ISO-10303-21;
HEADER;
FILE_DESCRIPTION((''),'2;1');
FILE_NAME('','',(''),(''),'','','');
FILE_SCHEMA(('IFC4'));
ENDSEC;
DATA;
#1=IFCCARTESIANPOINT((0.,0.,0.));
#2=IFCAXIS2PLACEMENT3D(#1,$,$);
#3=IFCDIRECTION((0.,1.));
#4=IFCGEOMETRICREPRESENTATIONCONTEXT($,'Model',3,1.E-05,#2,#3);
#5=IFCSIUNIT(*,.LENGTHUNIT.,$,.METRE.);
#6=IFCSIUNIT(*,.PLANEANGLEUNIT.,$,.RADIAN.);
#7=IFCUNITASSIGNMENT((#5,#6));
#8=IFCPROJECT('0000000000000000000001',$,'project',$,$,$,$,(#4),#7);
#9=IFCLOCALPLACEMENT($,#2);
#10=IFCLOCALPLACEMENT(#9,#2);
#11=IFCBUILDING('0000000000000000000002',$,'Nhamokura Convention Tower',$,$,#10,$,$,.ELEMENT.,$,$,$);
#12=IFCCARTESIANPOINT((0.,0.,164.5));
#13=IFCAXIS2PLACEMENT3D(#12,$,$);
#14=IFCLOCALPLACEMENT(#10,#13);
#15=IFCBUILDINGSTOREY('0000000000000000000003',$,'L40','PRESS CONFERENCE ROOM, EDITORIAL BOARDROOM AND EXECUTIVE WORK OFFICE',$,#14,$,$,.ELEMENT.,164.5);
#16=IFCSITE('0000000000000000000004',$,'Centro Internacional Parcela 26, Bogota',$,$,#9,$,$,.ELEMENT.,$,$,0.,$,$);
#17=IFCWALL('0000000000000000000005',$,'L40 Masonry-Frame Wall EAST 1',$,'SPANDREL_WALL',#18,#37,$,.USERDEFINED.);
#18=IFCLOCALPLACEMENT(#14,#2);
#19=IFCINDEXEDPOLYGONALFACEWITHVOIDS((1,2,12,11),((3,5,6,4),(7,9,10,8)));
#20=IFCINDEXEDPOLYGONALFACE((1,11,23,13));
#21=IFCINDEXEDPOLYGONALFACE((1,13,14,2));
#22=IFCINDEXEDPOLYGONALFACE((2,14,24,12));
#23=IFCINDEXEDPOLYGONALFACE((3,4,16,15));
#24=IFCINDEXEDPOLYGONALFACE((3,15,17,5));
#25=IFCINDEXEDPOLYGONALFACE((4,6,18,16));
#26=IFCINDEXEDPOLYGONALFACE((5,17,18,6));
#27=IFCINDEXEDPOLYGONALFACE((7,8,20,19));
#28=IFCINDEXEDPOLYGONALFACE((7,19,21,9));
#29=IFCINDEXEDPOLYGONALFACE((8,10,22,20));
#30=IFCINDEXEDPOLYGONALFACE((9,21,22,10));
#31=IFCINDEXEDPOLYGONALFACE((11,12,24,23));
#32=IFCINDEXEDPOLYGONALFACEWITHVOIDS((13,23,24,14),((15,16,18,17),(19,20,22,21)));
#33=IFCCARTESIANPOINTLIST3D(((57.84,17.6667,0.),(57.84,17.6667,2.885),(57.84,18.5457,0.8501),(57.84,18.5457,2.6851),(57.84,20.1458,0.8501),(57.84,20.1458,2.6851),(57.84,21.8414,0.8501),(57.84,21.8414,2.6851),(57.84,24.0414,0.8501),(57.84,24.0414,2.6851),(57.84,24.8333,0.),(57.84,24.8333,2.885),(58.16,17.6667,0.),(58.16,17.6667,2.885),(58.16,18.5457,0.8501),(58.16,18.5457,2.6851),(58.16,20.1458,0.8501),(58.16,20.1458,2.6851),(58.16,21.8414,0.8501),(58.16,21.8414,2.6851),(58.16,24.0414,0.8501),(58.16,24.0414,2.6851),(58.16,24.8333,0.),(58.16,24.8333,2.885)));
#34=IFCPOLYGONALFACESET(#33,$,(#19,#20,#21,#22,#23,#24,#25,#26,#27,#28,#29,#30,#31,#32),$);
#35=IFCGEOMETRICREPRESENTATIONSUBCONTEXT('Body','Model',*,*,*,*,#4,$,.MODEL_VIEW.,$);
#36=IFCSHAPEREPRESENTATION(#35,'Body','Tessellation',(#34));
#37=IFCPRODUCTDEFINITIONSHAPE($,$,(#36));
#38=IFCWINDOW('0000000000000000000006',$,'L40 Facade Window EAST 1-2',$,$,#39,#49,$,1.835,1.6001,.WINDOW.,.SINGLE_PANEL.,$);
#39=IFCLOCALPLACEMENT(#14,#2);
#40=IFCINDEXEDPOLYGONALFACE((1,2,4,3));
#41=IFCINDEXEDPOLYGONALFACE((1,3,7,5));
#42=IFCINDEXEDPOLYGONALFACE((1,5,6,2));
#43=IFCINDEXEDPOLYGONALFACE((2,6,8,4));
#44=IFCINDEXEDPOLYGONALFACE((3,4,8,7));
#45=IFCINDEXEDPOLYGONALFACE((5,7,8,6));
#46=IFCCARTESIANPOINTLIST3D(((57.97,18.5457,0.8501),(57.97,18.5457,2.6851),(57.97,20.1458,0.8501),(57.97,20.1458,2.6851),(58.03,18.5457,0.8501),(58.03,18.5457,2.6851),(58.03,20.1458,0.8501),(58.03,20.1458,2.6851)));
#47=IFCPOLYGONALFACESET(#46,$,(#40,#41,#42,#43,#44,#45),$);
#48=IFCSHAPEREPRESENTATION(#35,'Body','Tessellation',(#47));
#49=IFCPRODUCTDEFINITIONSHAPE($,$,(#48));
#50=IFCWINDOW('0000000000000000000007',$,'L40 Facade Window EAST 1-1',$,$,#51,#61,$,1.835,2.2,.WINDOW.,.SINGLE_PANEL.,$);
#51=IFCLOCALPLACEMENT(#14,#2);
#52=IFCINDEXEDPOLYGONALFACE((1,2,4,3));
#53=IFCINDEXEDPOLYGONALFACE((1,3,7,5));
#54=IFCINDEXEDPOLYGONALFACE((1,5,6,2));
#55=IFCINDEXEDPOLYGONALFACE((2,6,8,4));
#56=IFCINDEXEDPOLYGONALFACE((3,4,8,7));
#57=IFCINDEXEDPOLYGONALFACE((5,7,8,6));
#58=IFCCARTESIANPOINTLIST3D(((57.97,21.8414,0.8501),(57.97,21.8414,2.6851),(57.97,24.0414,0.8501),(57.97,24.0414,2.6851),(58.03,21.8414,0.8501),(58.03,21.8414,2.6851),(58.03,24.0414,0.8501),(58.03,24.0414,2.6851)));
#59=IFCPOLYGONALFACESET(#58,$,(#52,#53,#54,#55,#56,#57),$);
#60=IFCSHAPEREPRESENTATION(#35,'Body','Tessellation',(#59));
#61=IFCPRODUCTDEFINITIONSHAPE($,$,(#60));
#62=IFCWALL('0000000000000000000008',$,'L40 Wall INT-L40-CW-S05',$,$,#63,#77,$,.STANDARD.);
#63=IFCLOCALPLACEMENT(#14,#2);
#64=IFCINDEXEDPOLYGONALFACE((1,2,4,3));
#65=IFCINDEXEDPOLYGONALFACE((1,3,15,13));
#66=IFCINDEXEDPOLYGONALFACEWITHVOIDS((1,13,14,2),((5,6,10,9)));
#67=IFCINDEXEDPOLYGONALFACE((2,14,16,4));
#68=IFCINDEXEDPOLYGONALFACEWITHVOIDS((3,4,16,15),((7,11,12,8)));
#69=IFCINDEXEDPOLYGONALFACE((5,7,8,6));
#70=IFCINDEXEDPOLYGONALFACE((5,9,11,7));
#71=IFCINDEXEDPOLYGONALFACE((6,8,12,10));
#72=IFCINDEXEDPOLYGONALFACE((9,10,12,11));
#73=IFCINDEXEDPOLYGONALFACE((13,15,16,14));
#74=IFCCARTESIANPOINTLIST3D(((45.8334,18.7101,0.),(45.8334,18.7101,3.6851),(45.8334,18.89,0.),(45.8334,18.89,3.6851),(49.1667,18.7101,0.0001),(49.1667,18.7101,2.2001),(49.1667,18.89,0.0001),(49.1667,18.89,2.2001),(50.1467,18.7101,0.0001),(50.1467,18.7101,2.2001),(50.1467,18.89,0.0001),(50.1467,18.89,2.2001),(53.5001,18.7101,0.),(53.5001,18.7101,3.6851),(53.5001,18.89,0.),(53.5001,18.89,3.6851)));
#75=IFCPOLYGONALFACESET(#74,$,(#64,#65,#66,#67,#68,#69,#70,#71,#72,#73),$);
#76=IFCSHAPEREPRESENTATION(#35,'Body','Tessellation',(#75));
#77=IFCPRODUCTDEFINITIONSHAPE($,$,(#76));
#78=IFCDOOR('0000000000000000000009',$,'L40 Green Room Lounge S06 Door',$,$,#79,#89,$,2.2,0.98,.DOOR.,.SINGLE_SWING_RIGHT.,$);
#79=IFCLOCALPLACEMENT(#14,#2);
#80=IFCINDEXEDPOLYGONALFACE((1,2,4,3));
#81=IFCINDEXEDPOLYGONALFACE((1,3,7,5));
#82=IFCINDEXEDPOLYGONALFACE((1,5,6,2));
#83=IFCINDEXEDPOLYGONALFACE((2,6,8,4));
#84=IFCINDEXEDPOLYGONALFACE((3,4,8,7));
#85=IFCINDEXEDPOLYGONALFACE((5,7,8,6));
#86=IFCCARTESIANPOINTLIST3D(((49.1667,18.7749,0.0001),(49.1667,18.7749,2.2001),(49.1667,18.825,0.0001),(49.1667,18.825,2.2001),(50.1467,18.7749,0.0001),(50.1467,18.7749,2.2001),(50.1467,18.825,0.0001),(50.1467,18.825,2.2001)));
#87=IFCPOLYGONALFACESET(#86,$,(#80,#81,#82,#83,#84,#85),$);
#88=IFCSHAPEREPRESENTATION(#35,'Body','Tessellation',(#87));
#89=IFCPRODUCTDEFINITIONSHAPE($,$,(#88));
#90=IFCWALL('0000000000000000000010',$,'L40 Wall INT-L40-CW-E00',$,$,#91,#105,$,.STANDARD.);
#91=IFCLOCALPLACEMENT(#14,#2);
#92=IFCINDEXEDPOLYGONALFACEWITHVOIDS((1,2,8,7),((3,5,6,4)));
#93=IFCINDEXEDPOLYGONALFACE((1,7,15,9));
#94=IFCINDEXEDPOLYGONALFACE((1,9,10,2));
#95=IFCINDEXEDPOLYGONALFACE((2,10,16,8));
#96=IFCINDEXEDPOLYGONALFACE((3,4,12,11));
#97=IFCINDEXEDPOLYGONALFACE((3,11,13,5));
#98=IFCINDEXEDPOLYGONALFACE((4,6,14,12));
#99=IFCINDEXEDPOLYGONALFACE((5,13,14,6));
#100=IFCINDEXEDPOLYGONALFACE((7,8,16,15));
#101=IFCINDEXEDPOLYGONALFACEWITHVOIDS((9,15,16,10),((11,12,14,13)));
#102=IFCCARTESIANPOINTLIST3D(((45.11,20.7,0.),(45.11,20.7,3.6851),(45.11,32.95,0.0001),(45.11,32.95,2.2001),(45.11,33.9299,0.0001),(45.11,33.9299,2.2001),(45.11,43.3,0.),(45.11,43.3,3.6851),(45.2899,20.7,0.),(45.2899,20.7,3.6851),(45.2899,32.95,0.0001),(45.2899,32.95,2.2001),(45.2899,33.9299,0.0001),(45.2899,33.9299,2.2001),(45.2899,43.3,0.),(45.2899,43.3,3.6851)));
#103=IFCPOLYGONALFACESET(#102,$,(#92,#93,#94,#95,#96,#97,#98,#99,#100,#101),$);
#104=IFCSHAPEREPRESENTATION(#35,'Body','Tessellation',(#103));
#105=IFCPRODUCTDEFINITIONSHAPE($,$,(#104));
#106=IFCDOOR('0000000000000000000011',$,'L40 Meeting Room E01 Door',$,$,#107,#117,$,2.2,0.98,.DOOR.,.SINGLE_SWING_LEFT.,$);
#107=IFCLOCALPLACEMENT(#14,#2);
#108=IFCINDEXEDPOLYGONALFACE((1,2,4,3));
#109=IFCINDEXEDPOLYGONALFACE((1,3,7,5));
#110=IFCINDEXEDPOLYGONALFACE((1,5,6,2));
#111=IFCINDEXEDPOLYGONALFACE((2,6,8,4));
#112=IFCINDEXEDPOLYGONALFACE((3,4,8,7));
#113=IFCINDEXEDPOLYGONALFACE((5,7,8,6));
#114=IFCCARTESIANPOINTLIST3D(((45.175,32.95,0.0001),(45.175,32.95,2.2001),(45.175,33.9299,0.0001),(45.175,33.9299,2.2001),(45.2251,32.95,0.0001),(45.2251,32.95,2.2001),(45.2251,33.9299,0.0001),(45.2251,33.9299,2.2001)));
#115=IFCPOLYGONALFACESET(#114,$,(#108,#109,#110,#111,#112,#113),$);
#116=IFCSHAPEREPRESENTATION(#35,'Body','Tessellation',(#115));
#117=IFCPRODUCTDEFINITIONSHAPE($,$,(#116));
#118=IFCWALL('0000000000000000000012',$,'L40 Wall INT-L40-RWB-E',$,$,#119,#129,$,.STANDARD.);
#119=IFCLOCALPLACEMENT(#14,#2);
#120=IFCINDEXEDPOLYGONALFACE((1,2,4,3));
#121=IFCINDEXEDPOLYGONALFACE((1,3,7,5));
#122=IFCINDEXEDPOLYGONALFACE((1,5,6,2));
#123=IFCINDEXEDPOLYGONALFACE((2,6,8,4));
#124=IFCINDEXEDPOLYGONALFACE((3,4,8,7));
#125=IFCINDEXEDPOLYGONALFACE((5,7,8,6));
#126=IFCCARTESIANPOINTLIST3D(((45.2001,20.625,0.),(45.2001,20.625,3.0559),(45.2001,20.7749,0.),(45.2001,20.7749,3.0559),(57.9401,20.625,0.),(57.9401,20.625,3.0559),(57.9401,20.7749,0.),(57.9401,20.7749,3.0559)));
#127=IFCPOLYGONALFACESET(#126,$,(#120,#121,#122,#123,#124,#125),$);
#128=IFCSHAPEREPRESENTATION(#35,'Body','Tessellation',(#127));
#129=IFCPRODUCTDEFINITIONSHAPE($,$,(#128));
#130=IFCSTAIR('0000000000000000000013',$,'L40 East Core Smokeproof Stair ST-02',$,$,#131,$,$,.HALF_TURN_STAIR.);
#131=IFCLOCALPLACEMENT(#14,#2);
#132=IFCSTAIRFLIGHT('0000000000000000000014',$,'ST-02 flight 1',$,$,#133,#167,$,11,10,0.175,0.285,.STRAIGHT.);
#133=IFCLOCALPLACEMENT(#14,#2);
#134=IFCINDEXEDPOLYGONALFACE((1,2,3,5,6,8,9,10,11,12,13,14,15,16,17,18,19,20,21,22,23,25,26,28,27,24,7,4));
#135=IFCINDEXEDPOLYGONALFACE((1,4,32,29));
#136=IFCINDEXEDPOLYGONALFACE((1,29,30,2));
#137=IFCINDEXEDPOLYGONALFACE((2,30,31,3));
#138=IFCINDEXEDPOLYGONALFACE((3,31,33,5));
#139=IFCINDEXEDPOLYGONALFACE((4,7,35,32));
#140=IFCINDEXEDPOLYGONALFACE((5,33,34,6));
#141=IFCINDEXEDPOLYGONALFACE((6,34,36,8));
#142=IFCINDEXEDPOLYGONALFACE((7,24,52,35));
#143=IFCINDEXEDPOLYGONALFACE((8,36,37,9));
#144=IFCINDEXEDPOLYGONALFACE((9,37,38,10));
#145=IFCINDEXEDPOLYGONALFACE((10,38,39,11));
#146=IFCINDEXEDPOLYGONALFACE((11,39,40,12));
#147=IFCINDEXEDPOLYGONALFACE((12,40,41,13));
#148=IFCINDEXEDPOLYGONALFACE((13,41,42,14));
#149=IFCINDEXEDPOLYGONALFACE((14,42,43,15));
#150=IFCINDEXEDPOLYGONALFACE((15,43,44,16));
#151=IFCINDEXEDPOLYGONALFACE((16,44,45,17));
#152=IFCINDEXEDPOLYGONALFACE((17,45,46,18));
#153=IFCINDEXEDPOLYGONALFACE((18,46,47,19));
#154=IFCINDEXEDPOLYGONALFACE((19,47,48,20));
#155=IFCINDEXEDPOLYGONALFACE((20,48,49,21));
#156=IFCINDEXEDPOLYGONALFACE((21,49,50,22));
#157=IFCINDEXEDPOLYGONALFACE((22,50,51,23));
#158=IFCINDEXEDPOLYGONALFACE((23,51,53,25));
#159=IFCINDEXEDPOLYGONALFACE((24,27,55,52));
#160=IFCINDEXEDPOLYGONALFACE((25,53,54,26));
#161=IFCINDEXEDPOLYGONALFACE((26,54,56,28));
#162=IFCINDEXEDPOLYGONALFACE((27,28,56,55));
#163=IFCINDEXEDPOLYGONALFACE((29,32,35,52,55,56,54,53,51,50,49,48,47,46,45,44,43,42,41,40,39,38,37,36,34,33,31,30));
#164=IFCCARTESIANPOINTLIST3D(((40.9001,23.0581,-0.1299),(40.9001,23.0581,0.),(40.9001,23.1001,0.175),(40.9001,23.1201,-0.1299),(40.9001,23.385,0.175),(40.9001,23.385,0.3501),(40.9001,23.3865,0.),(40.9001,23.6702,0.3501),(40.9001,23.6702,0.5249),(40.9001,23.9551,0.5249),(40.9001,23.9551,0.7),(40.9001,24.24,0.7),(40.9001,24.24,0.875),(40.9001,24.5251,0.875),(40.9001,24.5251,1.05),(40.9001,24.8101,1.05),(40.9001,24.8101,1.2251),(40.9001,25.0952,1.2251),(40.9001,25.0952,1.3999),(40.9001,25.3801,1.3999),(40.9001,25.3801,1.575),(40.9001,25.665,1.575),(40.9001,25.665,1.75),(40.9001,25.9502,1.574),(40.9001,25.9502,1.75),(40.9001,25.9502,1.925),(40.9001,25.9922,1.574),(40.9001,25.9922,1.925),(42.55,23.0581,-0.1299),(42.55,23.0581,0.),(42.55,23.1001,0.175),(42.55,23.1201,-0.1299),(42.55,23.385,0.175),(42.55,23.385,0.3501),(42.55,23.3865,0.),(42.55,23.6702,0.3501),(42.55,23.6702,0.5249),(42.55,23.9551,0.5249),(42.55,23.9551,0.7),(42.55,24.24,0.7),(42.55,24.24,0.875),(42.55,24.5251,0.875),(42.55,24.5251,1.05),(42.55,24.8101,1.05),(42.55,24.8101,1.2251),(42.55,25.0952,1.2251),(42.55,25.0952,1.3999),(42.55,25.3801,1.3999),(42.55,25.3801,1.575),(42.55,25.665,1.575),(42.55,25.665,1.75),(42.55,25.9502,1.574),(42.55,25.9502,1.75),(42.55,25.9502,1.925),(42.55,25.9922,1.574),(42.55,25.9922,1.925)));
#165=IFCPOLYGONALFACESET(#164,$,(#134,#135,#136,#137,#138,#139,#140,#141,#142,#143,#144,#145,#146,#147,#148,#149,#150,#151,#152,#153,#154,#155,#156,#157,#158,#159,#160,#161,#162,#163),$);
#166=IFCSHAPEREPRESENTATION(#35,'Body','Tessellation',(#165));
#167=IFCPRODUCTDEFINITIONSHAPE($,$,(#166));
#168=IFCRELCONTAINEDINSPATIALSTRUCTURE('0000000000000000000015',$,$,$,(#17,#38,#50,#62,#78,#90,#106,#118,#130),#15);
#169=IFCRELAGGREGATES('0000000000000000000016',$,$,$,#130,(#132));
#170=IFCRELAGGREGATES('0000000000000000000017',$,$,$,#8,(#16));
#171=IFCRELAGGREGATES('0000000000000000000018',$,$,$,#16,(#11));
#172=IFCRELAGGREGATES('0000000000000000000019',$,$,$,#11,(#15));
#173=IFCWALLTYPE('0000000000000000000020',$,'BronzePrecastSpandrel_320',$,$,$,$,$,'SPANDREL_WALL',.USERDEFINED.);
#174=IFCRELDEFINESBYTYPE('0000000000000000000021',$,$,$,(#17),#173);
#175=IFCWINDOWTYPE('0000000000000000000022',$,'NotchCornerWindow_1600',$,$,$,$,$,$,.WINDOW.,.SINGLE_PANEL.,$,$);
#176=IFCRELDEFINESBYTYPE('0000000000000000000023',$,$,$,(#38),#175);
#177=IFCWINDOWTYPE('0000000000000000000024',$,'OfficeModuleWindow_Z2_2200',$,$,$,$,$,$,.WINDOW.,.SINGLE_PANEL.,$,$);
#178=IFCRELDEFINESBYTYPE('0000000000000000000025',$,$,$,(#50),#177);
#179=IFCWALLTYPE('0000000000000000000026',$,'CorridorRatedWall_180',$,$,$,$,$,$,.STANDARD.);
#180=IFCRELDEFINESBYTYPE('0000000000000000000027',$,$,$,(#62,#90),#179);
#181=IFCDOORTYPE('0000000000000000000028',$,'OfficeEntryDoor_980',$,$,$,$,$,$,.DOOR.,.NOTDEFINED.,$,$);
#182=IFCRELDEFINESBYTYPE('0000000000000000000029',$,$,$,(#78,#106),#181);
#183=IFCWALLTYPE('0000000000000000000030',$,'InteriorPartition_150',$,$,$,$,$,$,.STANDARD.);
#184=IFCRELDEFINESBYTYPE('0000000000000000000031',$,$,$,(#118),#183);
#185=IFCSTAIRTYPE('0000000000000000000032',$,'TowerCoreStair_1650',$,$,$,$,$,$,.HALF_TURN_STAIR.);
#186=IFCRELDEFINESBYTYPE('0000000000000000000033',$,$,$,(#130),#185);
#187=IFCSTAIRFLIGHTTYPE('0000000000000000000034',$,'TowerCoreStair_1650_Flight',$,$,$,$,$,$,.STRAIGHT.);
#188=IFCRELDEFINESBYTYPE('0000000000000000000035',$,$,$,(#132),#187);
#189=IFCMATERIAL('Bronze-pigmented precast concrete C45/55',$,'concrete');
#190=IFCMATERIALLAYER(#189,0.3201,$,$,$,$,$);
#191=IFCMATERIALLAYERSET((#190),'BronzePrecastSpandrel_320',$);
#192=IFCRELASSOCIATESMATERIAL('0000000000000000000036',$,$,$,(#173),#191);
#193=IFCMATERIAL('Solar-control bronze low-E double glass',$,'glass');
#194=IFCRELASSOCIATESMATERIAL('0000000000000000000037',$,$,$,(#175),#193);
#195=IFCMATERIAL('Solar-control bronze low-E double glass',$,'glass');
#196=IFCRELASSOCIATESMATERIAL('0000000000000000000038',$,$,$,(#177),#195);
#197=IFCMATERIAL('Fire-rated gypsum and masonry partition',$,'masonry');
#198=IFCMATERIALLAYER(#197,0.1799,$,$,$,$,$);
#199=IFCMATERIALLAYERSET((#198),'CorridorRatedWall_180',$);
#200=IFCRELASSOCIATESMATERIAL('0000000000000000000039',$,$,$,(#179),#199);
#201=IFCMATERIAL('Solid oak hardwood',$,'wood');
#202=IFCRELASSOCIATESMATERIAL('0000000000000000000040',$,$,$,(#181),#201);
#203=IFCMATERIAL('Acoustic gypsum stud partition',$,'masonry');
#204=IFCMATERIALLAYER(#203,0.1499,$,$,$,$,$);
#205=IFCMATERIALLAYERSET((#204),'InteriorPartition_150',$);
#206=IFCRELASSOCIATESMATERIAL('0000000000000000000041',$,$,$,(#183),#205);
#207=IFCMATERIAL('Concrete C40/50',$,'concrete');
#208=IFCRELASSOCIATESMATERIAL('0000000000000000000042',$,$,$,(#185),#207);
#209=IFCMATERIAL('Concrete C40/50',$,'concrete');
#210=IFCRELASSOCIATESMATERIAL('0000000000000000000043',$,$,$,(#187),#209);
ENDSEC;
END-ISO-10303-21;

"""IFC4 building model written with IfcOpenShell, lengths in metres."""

from ifc_helpers import new_model, si_unit, direction, frame, frame_2d, origin, place, context, subcontext, project, spatial, polyline, rectangle, outline, extrude, material, layer, layer_set, type_object, element, fill, aggregate, save


model = new_model("IFC4")

# Units and contexts
model_context = context("Model", 3, precision=1e-05, world=origin(), true_north=direction((0.0, 1.0)))
body_context = subcontext(model_context, "Body", "Model", "MODEL_VIEW")
ifc_project = project(units=[si_unit("LENGTHUNIT", "METRE"), si_unit("PLANEANGLEUNIT", "RADIAN")], contexts=[model_context])

# Site, building, storey
site_placement = place(None, origin())
site = spatial("IfcSite", under=ifc_project, at=site_placement, Name="Centro Internacional Parcela 26, Bogota", CompositionType="ELEMENT", RefElevation=0.0)
building_placement = place(site_placement, origin())
building = spatial("IfcBuilding", under=site, at=building_placement, Name="Nhamokura Convention Tower", CompositionType="ELEMENT")
storey_placement = place(building_placement, frame((0.0, 0.0, 164.5)))
storey = spatial("IfcBuildingStorey", under=building, at=storey_placement, Name="L40", Description="PRESS CONFERENCE ROOM, EDITORIAL BOARDROOM AND EXECUTIVE WORK OFFICE", CompositionType="ELEMENT", Elevation=164.5)

# Shared definitions
ifc_material_1 = material(Name="Bronze-pigmented precast concrete C45/55", Category="concrete")
ifc_layer_1 = layer(ifc_material_1, 0.3201)
ifc_layer_set_1 = layer_set([ifc_layer_1], Name="BronzePrecastSpandrel_320")
wall_type_1 = type_object("IfcWallType", Name="BronzePrecastSpandrel_320", ElementType="SPANDREL_WALL", PredefinedType="USERDEFINED", material=ifc_layer_set_1)

# Wall, openings, windows
wall_1_placement = place(storey_placement, frame((58.0, 24.8333, 0.0), z_axis=(0.0, 0.0, 1.0), x_axis=(0.0, -1.0, 0.0)))
wall_1 = element("IfcWall", 1, at=wall_1_placement, inside=storey, type_object=wall_type_1, Name="L40 Masonry-Frame Wall EAST 1", ObjectType="SPANDREL_WALL", PredefinedType="USERDEFINED", context=body_context, shape_type="SweptSolid", body=[
    extrude(rectangle(XDim=7.1665, YDim=0.3201, at=frame_2d((3.5833, 0.0))), origin(), (0.0, 0.0, 1.0), 2.885),
])
opening_1_placement = place(wall_1_placement, frame((0.7917, 0.0, 0.8501)))
opening_1 = element("IfcOpeningElement", 2, at=opening_1_placement, cuts=wall_1, PredefinedType="OPENING", context=body_context, shape_type="SweptSolid", body=[
    extrude(rectangle(XDim=2.2, YDim=1.835, at=frame_2d((1.1001, 0.9175))), frame((0.0, 0.1699, 0.0), z_axis=(0.0, -1.0, 0.0), x_axis=(1.0, 0.0, 0.0)), (0.0, 0.0, 1.0), 0.3401),
])
opening_2_placement = place(wall_1_placement, frame((4.6875, 0.0, 0.8501)))
opening_2 = element("IfcOpeningElement", 3, at=opening_2_placement, cuts=wall_1, PredefinedType="OPENING", context=body_context, shape_type="SweptSolid", body=[
    extrude(rectangle(XDim=1.6001, YDim=1.835, at=frame_2d((0.8, 0.9175))), frame((0.0, 0.1699, 0.0), z_axis=(0.0, -1.0, 0.0), x_axis=(1.0, 0.0, 0.0)), (0.0, 0.0, 1.0), 0.3401),
])
ifc_material_2 = material(Name="Solar-control bronze low-E double glass", Category="glass")
window_type_1 = type_object("IfcWindowType", Name="NotchCornerWindow_1600", PartitioningType="SINGLE_PANEL", PredefinedType="WINDOW", material=ifc_material_2)
window_1_placement = place(opening_2_placement, origin())
window_1 = element("IfcWindow", 4, at=window_1_placement, inside=storey, type_object=window_type_1, Name="L40 Facade Window EAST 1-2", OverallHeight=1.835, OverallWidth=1.6001, PartitioningType="SINGLE_PANEL", PredefinedType="WINDOW", context=body_context, shape_type="SweptSolid", body=[
    extrude(rectangle(XDim=1.6001, YDim=1.835, at=frame_2d((0.8, 0.9175))), frame((0.0, 0.03, 0.0), z_axis=(0.0, -1.0, 0.0), x_axis=(1.0, 0.0, 0.0)), (0.0, 0.0, 1.0), 0.0601),
])
fill(opening_2, window_1)
ifc_material_3 = material(Name="Solar-control bronze low-E double glass", Category="glass")
window_type_2 = type_object("IfcWindowType", Name="OfficeModuleWindow_Z2_2200", PartitioningType="SINGLE_PANEL", PredefinedType="WINDOW", material=ifc_material_3)
window_2_placement = place(opening_1_placement, origin())
window_2 = element("IfcWindow", 5, at=window_2_placement, inside=storey, type_object=window_type_2, Name="L40 Facade Window EAST 1-1", OverallHeight=1.835, OverallWidth=2.2, PartitioningType="SINGLE_PANEL", PredefinedType="WINDOW", context=body_context, shape_type="SweptSolid", body=[
    extrude(rectangle(XDim=2.2, YDim=1.835, at=frame_2d((1.1001, 0.9175))), frame((0.0, 0.03, 0.0), z_axis=(0.0, -1.0, 0.0), x_axis=(1.0, 0.0, 0.0)), (0.0, 0.0, 1.0), 0.0601),
])
fill(opening_1, window_2)

# Walls, openings, doors
ifc_material_4 = material(Name="Fire-rated gypsum and masonry partition", Category="masonry")
ifc_layer_2 = layer(ifc_material_4, 0.1799)
ifc_layer_set_2 = layer_set([ifc_layer_2], Name="CorridorRatedWall_180")
wall_type_2 = type_object("IfcWallType", Name="CorridorRatedWall_180", PredefinedType="STANDARD", material=ifc_layer_set_2)
wall_2_placement = place(storey_placement, frame((45.8333, 18.8, 0.0), z_axis=(0.0, 0.0, 1.0), x_axis=(1.0, 0.0, 0.0)))
wall_2 = element("IfcWall", 6, at=wall_2_placement, inside=storey, type_object=wall_type_2, Name="L40 Wall INT-L40-CW-S05", PredefinedType="STANDARD", context=body_context, shape_type="SweptSolid", body=[
    extrude(rectangle(XDim=7.6667, YDim=0.1799, at=frame_2d((3.8335, 0.0))), origin(), (0.0, 0.0, 1.0), 3.6851),
])
opening_3_placement = place(wall_2_placement, frame((3.3335, 0.0, 0.0)))
opening_3 = element("IfcOpeningElement", 7, at=opening_3_placement, cuts=wall_2, PredefinedType="OPENING", context=body_context, shape_type="SweptSolid", body=[
    extrude(rectangle(XDim=0.98, YDim=2.2, at=frame_2d((0.49, 1.1001))), frame((0.0, 0.0999, 0.0), z_axis=(0.0, -1.0, 0.0), x_axis=(1.0, 0.0, 0.0)), (0.0, 0.0, 1.0), 0.2),
])
ifc_material_5 = material(Name="Solid oak hardwood", Category="wood")
door_type_1 = type_object("IfcDoorType", Name="OfficeEntryDoor_980", OperationType="NOTDEFINED", PredefinedType="DOOR", material=ifc_material_5)
door_1_placement = place(opening_3_placement, origin())
door_1 = element("IfcDoor", 8, at=door_1_placement, inside=storey, type_object=door_type_1, Name="L40 Green Room Lounge S06 Door", OperationType="SINGLE_SWING_RIGHT", OverallHeight=2.2, OverallWidth=0.98, PredefinedType="DOOR", context=body_context, shape_type="SweptSolid", body=[
    extrude(rectangle(XDim=0.98, YDim=2.2, at=frame_2d((0.49, 1.1001))), frame((0.0, 0.0249, 0.0), z_axis=(0.0, -1.0, 0.0), x_axis=(1.0, 0.0, 0.0)), (0.0, 0.0, 1.0), 0.05),
])
fill(opening_3, door_1)
wall_3_placement = place(storey_placement, frame((45.2, 20.7, 0.0), z_axis=(0.0, 0.0, 1.0), x_axis=(0.0, 1.0, 0.0)))
wall_3 = element("IfcWall", 9, at=wall_3_placement, inside=storey, type_object=wall_type_2, Name="L40 Wall INT-L40-CW-E00", PredefinedType="STANDARD", context=body_context, shape_type="SweptSolid", body=[
    extrude(rectangle(XDim=22.6001, YDim=0.1799, at=frame_2d((11.3, 0.0))), origin(), (0.0, 0.0, 1.0), 3.6851),
])
opening_4_placement = place(wall_3_placement, frame((12.25, 0.0, 0.0)))
opening_4 = element("IfcOpeningElement", 10, at=opening_4_placement, cuts=wall_3, PredefinedType="OPENING", context=body_context, shape_type="SweptSolid", body=[
    extrude(rectangle(XDim=0.98, YDim=2.2, at=frame_2d((0.49, 1.1001))), frame((0.0, 0.0999, 0.0), z_axis=(0.0, -1.0, 0.0), x_axis=(1.0, 0.0, 0.0)), (0.0, 0.0, 1.0), 0.2),
])
door_2_placement = place(opening_4_placement, origin())
door_2 = element("IfcDoor", 11, at=door_2_placement, inside=storey, type_object=door_type_1, Name="L40 Meeting Room E01 Door", OperationType="SINGLE_SWING_LEFT", OverallHeight=2.2, OverallWidth=0.98, PredefinedType="DOOR", context=body_context, shape_type="SweptSolid", body=[
    extrude(rectangle(XDim=0.98, YDim=2.2, at=frame_2d((0.49, 1.1001))), frame((0.0, 0.0249, 0.0), z_axis=(0.0, -1.0, 0.0), x_axis=(1.0, 0.0, 0.0)), (0.0, 0.0, 1.0), 0.05),
])
fill(opening_4, door_2)

# Wall
ifc_material_6 = material(Name="Acoustic gypsum stud partition", Category="masonry")
ifc_layer_3 = layer(ifc_material_6, 0.1499)
ifc_layer_set_3 = layer_set([ifc_layer_3], Name="InteriorPartition_150")
wall_type_3 = type_object("IfcWallType", Name="InteriorPartition_150", PredefinedType="STANDARD", material=ifc_layer_set_3)
wall_4_placement = place(storey_placement, frame((45.2, 20.7, 0.0), z_axis=(0.0, 0.0, 1.0), x_axis=(1.0, 0.0, 0.0)))
element("IfcWall", 12, at=wall_4_placement, inside=storey, type_object=wall_type_3, Name="L40 Wall INT-L40-RWB-E", PredefinedType="STANDARD", context=body_context, shape_type="SweptSolid", body=[
    extrude(rectangle(XDim=12.74, YDim=0.1499, at=frame_2d((6.3701, 0.0))), origin(), (0.0, 0.0, 1.0), 3.0559),
])

# Stair, stair flight
ifc_material_7 = material(Name="Concrete C40/50", Category="concrete")
stair_type = type_object("IfcStairType", Name="TowerCoreStair_1650", PredefinedType="HALF_TURN_STAIR", material=ifc_material_7)
stair_placement = place(storey_placement, origin())
stair = element("IfcStair", 13, at=stair_placement, inside=storey, type_object=stair_type, Name="L40 East Core Smokeproof Stair ST-02", PredefinedType="HALF_TURN_STAIR")
ifc_material_8 = material(Name="Concrete C40/50", Category="concrete")
stair_flight_type = type_object("IfcStairFlightType", Name="TowerCoreStair_1650_Flight", PredefinedType="STRAIGHT", material=ifc_material_8)
stair_flight_placement = place(storey_placement, frame((41.7251, 23.1001, 0.0), z_axis=(0.0, 0.0, 1.0), x_axis=(0.0, 1.0, 0.0)))
stair_flight = element("IfcStairFlight", 14, at=stair_flight_placement, type_object=stair_flight_type, Name="ST-02 flight 1", NumberOfRisers=11, NumberOfTreads=10, PredefinedType="STRAIGHT", RiserHeight=0.175, TreadLength=0.285, context=body_context, shape_type="SweptSolid", body=[
    extrude(outline(polyline([(-0.042, 0.0), (0.0, 0.175), (0.2849, 0.175), (0.2849, 0.3501), (0.5701, 0.3501), (0.5701, 0.5249), (0.855, 0.5249), (0.855, 0.7), (1.1399, 0.7), (1.1399, 0.875), (1.425, 0.875), (1.425, 1.05), (1.71, 1.05), (1.71, 1.2251), (1.9951, 1.2251), (1.9951, 1.3999), (2.28, 1.3999), (2.28, 1.575), (2.5649, 1.575), (2.5649, 1.75), (2.8501, 1.75), (2.8501, 1.925), (2.8921, 1.925), (2.8921, 1.574), (2.8501, 1.574), (0.2864, 0.0), (0.02, -0.1299), (-0.042, -0.1299), (-0.042, 0.0)])), frame((0.0, 0.825, 0.0), z_axis=(0.0, -1.0, 0.0), x_axis=(1.0, 0.0, 0.0)), (0.0, 0.0, 1.0), 1.6499),
])
aggregate(stair, [stair_flight])

save(model, "model.ifc")
